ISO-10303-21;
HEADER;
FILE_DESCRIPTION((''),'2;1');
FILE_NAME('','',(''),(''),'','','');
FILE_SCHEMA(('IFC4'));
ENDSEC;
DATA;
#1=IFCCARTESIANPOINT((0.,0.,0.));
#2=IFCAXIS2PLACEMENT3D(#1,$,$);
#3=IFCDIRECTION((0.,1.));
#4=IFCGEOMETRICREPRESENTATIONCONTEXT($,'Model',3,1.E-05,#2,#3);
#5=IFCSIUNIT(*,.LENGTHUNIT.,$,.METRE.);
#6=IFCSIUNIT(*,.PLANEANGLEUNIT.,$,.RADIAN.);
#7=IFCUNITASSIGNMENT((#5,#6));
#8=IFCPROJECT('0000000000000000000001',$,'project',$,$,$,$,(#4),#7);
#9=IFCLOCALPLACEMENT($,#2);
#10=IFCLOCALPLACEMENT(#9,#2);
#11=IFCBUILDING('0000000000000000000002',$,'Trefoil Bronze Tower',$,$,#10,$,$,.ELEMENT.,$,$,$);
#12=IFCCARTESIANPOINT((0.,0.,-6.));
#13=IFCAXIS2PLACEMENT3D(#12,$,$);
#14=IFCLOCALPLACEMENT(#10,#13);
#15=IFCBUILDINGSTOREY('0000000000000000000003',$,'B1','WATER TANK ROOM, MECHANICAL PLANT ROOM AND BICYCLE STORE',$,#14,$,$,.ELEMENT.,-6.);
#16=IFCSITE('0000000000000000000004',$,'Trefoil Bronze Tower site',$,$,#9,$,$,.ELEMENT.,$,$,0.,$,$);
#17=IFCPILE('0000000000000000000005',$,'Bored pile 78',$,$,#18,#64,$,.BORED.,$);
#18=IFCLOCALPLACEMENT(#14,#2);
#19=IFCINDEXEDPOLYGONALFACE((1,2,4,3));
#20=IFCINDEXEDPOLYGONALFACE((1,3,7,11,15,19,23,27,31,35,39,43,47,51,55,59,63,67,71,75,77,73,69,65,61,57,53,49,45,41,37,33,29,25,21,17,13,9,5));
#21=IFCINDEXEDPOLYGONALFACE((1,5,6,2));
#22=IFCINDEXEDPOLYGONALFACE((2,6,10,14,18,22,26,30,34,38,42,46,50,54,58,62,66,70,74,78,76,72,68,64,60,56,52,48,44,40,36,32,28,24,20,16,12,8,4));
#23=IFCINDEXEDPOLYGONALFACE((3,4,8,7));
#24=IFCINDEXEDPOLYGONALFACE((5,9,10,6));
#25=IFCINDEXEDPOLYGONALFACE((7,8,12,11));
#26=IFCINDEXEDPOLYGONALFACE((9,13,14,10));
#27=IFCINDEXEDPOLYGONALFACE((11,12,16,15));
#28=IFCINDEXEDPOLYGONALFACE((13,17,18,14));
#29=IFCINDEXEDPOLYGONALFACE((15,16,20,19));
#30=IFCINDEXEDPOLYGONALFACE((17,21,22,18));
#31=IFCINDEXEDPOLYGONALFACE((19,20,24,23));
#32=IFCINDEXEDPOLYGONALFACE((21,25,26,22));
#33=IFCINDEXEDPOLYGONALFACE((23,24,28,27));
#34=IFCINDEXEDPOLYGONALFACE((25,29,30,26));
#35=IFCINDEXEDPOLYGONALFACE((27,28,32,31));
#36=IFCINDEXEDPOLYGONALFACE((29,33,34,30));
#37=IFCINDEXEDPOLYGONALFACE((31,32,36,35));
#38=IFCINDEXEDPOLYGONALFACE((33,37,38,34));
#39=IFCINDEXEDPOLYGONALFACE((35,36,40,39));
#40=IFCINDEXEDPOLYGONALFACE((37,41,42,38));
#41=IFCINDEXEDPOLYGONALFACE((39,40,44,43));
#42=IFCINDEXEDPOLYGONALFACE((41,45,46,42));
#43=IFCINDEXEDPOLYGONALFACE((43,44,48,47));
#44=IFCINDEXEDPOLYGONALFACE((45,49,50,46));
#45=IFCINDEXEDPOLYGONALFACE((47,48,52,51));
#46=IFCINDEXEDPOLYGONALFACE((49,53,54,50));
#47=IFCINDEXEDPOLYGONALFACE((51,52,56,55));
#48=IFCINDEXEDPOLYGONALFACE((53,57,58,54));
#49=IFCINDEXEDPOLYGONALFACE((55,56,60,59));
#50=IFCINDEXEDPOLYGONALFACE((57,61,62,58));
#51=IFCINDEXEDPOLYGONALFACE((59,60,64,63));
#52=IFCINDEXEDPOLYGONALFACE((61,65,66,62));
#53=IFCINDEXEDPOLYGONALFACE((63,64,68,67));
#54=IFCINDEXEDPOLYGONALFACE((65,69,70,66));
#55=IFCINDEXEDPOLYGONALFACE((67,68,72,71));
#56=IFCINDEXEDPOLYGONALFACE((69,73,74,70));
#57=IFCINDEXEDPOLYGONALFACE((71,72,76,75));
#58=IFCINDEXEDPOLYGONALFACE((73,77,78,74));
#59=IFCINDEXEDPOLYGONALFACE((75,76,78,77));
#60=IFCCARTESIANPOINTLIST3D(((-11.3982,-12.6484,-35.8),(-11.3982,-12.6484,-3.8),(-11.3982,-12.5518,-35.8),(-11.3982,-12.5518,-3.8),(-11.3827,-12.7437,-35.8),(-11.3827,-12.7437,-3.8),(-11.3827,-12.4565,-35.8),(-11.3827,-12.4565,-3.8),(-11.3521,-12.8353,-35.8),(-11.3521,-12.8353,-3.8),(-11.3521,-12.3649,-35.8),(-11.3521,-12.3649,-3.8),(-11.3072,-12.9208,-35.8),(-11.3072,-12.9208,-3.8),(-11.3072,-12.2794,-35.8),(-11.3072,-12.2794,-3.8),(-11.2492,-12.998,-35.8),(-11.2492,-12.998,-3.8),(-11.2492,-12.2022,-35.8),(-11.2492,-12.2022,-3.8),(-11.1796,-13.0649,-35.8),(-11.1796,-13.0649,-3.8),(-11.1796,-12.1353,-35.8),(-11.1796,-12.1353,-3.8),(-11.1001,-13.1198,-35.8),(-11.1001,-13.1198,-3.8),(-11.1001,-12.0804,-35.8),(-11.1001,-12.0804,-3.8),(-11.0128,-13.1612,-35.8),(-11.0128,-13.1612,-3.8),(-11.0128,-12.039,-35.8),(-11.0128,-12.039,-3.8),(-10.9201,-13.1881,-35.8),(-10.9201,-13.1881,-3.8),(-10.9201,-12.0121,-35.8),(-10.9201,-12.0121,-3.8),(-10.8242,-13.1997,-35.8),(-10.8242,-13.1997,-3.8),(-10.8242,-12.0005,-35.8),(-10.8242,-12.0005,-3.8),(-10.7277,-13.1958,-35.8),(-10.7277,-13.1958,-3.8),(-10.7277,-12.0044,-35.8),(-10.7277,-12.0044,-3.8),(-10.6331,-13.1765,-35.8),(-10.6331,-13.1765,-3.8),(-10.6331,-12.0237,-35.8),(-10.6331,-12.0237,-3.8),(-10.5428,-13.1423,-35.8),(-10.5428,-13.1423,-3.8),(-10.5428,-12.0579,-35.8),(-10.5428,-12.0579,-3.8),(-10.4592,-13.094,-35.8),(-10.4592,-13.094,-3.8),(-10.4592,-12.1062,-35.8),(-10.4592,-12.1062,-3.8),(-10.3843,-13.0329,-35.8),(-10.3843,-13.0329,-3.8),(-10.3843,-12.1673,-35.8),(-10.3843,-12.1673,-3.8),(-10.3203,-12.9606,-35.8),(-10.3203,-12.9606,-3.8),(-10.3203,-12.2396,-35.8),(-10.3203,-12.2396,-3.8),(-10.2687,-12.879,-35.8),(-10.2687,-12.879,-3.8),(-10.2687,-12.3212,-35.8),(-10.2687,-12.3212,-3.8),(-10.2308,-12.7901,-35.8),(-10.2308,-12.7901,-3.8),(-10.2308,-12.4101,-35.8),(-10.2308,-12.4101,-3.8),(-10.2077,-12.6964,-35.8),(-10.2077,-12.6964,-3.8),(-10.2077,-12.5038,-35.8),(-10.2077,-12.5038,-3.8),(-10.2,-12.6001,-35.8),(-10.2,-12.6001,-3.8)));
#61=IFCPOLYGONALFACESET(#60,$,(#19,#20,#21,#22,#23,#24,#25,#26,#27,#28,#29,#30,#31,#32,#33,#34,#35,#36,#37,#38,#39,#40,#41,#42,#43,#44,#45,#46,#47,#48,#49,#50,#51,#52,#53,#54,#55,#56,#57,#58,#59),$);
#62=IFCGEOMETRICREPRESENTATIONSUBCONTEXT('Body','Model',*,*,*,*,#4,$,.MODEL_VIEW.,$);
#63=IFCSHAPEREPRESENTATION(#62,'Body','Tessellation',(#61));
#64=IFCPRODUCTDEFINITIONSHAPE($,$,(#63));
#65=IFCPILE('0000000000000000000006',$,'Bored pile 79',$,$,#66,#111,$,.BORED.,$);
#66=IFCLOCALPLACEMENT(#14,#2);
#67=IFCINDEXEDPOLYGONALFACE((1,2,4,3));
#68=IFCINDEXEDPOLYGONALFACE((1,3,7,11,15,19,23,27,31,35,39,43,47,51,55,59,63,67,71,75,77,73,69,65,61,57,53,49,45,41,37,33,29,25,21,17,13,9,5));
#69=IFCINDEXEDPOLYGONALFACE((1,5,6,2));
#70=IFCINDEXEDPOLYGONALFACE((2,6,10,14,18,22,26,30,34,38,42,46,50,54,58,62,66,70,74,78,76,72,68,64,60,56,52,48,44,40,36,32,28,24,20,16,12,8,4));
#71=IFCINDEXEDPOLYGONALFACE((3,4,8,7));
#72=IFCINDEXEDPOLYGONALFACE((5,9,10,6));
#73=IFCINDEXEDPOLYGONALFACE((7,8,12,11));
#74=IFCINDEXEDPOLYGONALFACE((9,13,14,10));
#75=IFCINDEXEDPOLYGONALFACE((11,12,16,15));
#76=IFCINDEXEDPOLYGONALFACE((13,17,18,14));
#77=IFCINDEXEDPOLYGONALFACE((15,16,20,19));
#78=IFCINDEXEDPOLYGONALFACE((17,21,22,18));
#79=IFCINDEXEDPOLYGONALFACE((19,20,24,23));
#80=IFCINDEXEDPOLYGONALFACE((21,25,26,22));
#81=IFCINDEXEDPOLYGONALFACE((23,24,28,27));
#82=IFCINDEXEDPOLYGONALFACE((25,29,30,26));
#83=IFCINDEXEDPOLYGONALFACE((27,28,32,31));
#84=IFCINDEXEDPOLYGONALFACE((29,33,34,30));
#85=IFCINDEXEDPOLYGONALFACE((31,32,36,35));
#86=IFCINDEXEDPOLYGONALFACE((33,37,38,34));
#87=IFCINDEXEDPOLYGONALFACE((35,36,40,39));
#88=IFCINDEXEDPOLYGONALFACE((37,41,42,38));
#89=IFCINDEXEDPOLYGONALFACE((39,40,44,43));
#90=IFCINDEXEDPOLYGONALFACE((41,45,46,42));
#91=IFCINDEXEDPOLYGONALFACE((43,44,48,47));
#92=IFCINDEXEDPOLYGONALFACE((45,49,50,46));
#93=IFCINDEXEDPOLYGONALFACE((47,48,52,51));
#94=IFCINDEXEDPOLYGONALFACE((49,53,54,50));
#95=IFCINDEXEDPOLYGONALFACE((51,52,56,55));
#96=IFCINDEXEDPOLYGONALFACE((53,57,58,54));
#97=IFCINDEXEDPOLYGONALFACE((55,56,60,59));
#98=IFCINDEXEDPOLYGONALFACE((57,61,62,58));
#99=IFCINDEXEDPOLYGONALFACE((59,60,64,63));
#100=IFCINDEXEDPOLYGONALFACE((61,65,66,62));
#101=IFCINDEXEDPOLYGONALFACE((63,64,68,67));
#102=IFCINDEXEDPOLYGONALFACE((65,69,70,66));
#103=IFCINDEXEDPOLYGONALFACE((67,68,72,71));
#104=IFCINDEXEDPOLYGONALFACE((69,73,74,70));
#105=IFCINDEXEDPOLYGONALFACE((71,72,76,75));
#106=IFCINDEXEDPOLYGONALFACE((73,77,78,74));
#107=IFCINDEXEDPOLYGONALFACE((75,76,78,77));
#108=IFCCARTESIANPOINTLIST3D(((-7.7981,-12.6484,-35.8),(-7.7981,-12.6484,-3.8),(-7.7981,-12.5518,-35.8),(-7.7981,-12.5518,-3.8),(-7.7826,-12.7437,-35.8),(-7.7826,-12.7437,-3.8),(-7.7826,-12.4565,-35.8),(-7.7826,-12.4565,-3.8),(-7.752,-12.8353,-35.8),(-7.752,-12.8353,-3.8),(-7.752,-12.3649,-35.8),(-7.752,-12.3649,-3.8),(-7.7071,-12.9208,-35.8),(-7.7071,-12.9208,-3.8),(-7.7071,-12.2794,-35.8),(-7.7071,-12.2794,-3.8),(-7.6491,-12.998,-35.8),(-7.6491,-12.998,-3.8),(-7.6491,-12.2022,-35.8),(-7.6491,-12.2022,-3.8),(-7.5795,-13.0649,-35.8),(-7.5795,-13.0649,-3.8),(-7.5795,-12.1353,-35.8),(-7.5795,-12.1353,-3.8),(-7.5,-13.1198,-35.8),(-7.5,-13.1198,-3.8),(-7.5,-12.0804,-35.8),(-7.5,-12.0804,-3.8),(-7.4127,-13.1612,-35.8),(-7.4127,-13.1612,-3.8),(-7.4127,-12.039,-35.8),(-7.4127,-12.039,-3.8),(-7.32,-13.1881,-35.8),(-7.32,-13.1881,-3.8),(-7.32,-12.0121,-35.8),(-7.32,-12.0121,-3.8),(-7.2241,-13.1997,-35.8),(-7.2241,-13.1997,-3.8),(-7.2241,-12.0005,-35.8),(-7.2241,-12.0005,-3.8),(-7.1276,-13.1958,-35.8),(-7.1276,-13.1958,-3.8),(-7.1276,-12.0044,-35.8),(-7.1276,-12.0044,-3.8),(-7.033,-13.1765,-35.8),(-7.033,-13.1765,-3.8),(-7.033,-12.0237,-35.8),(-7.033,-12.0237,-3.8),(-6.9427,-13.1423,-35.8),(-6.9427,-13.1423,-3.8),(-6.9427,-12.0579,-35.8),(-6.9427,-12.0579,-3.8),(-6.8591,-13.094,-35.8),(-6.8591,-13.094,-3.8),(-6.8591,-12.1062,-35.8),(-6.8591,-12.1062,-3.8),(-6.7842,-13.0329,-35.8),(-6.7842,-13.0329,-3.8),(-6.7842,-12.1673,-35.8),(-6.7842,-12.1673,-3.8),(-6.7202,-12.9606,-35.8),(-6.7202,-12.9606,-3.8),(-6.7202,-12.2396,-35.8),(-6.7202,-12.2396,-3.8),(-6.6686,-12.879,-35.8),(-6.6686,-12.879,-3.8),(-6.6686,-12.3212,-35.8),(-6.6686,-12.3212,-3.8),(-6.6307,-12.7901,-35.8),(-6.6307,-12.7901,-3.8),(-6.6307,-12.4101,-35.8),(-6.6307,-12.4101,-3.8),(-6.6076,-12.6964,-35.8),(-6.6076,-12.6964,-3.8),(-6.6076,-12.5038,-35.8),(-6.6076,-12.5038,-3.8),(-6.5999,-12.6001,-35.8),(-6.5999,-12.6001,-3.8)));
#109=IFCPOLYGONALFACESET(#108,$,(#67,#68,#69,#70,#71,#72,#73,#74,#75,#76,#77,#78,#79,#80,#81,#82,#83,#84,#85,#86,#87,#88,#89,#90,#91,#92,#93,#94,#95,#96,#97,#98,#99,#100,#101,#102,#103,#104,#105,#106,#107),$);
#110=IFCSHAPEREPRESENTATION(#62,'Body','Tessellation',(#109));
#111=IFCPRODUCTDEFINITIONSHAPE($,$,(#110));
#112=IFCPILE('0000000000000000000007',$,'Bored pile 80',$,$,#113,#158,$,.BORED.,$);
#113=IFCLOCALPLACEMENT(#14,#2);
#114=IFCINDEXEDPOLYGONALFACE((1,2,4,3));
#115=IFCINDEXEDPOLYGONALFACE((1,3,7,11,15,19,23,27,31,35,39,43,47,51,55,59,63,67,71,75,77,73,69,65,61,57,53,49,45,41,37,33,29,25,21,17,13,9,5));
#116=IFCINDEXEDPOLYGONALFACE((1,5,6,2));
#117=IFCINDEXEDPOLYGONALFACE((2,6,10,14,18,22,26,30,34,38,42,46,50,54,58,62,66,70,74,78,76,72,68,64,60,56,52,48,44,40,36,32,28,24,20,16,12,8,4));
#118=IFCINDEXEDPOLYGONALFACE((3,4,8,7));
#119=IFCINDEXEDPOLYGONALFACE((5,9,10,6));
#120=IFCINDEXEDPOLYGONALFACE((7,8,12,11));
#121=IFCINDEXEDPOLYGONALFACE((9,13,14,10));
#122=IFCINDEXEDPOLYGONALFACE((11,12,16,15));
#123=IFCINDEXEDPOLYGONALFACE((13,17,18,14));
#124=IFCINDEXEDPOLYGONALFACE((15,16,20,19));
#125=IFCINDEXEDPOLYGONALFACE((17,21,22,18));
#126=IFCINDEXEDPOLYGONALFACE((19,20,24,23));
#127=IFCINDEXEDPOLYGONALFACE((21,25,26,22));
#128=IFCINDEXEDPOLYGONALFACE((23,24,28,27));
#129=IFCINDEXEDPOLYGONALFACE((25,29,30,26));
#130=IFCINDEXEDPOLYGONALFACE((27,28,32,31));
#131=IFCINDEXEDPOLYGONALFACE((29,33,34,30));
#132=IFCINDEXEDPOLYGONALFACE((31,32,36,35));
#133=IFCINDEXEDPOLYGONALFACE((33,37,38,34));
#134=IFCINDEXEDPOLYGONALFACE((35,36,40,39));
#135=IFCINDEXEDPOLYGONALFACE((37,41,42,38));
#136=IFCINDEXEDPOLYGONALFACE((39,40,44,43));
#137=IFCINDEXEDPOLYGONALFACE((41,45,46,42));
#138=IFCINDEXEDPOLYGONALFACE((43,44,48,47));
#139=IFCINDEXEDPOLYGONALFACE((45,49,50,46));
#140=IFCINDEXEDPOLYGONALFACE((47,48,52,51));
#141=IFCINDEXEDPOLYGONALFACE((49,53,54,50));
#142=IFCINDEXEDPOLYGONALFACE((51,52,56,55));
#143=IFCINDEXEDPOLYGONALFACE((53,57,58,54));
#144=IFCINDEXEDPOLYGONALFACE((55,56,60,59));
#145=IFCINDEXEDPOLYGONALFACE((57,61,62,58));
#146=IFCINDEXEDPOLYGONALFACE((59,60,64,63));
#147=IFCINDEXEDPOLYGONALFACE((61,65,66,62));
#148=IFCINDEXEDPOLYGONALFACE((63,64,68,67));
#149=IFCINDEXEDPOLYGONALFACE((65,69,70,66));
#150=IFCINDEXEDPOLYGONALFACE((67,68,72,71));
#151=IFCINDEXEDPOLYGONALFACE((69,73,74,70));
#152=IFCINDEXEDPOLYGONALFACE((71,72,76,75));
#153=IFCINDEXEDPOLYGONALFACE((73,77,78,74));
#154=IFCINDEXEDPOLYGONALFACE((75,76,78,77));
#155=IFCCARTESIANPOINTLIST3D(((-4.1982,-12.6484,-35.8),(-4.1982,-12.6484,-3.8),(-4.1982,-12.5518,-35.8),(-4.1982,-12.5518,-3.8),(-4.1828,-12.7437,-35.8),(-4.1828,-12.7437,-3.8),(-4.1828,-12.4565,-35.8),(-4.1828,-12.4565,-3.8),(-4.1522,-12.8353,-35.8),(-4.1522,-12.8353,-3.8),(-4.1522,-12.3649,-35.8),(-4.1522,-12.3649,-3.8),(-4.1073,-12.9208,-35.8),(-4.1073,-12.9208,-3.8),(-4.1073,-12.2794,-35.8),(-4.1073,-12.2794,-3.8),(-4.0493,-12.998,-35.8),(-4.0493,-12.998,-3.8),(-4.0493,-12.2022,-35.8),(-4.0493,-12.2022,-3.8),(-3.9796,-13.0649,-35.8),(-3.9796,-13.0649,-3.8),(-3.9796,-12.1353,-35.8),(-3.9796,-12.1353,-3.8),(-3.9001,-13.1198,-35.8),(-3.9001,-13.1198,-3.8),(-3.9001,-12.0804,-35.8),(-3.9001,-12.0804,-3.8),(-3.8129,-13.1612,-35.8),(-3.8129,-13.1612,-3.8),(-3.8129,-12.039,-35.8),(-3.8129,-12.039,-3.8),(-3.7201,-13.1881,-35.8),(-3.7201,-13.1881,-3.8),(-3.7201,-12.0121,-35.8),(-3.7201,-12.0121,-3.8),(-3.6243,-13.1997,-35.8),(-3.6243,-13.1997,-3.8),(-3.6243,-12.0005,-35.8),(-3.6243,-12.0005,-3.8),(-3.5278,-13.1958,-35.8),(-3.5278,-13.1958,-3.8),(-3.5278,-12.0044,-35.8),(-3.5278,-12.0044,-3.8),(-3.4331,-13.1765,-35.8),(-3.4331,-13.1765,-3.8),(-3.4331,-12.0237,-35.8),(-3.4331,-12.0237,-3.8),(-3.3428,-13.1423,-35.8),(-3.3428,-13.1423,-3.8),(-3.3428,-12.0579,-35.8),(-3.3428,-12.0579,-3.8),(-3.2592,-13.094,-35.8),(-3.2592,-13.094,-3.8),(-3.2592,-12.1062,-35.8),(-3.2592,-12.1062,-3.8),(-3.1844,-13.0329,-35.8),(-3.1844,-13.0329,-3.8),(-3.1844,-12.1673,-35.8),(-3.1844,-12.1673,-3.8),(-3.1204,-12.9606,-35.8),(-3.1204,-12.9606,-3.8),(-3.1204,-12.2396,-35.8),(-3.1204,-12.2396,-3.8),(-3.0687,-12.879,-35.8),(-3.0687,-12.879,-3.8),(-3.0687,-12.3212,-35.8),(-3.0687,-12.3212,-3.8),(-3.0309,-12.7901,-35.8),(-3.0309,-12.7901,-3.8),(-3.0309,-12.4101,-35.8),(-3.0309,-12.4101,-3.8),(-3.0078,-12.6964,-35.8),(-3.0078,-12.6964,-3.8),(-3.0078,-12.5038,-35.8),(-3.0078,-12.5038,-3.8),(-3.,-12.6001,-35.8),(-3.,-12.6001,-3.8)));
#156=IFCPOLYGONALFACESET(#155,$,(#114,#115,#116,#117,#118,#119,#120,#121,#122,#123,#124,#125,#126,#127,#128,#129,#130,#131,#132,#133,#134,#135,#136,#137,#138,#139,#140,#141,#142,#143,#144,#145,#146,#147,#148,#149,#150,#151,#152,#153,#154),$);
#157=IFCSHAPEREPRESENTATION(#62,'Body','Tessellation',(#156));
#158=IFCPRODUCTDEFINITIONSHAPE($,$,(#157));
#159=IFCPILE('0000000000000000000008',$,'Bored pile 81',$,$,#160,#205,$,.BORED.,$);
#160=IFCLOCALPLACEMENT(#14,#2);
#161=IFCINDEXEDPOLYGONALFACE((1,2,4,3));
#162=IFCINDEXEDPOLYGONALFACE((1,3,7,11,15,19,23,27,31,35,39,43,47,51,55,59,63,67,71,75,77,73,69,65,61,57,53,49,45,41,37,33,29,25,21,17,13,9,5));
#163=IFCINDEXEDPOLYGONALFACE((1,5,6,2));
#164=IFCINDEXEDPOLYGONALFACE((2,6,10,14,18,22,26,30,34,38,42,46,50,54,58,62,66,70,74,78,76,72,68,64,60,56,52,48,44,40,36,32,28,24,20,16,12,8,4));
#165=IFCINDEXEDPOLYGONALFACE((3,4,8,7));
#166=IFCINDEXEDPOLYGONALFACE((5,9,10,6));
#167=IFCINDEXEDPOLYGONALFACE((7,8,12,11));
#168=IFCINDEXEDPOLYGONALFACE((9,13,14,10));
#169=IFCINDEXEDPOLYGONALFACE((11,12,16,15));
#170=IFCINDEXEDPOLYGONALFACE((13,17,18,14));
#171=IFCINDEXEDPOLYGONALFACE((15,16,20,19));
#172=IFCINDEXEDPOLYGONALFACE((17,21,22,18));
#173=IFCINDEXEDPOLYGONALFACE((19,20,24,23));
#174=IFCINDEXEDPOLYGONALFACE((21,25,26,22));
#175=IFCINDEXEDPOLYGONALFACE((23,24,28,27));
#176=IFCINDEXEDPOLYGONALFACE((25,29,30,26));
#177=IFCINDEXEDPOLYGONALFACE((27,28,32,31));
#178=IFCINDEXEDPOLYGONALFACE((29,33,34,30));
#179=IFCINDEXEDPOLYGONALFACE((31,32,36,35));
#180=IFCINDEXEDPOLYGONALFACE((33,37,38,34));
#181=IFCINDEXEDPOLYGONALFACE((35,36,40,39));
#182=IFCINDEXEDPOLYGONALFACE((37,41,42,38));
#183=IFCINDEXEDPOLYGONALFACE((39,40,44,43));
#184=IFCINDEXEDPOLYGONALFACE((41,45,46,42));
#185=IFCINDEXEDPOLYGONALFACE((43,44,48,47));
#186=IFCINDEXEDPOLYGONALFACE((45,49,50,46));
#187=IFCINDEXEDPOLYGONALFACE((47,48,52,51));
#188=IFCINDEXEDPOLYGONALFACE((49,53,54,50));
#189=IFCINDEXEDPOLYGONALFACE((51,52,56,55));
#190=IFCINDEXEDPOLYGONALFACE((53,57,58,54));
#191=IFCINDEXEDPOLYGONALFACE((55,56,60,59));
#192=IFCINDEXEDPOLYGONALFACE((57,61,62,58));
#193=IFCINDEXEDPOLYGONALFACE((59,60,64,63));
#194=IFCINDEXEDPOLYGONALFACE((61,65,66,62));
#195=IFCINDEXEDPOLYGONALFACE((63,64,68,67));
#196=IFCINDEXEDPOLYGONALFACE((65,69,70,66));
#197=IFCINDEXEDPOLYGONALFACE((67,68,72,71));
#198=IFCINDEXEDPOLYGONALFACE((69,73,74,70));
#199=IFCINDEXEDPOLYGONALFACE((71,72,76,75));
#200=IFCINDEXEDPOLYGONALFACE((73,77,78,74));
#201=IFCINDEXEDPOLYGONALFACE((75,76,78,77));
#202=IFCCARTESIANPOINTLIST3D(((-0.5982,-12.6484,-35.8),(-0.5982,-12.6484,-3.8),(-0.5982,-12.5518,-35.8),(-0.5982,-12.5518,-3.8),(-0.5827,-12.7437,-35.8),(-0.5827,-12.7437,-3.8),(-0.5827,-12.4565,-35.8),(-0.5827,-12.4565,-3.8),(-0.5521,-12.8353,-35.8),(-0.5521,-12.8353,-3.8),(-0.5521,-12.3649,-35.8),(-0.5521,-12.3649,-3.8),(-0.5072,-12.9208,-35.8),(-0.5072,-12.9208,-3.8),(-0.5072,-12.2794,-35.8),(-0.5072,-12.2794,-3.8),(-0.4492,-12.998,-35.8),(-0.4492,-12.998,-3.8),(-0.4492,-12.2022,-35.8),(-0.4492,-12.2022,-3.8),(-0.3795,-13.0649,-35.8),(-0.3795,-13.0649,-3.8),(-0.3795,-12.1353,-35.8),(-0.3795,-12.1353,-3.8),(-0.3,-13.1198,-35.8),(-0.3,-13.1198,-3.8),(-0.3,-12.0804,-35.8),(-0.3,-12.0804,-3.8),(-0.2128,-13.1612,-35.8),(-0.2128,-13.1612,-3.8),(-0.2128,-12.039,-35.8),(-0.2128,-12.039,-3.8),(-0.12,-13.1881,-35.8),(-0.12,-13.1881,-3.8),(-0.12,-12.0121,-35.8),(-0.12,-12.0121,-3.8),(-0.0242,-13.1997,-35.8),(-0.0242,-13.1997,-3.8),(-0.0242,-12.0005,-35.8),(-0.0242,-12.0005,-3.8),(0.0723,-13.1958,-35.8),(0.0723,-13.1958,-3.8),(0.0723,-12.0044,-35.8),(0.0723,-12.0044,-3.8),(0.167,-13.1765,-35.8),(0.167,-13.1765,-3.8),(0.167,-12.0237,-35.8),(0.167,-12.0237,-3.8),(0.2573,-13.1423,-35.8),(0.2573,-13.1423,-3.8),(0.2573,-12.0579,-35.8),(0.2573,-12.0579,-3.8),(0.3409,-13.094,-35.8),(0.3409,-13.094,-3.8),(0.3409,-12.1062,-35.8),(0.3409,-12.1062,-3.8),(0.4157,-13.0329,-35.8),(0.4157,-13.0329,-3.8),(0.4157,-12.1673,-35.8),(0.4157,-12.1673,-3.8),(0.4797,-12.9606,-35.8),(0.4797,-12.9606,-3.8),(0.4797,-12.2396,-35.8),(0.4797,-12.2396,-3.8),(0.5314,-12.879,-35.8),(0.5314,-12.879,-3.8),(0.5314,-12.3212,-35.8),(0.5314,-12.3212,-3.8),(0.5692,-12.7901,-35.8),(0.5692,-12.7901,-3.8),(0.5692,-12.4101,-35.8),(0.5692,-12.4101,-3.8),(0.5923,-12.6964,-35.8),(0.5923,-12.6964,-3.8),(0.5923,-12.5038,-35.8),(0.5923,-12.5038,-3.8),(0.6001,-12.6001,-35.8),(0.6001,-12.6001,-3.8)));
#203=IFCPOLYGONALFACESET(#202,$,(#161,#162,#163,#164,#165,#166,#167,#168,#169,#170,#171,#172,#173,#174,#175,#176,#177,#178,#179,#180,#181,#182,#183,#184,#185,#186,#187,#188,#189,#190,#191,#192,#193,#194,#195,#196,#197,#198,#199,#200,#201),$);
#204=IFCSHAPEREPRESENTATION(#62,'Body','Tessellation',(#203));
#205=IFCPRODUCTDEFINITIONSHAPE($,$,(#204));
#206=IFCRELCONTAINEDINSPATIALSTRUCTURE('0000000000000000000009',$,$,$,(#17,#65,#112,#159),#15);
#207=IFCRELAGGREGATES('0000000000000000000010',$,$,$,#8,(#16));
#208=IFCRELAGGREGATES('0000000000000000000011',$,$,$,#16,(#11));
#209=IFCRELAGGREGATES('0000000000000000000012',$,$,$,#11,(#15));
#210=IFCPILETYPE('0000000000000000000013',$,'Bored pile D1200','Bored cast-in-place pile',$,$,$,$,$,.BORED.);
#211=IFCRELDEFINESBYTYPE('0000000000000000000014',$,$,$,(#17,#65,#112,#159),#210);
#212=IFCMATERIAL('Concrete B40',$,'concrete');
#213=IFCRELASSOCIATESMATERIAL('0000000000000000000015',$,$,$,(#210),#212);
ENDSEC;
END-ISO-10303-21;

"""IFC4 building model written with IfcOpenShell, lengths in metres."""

from ifc_helpers import new_model, si_unit, direction, frame, origin, origin_2d, place, context, subcontext, project, spatial, circle, extrude, material, type_object, element, save


model = new_model("IFC4")

# Units and contexts
model_context = context("Model", 3, precision=1e-05, world=origin(), true_north=direction((0.0, 1.0)))
body_context = subcontext(model_context, "Body", "Model", "MODEL_VIEW")
ifc_project = project(units=[si_unit("LENGTHUNIT", "METRE"), si_unit("PLANEANGLEUNIT", "RADIAN")], contexts=[model_context])

# Site, building, storey
site_placement = place(None, origin())
site = spatial("IfcSite", under=ifc_project, at=site_placement, Name="Trefoil Bronze Tower site", CompositionType="ELEMENT", RefElevation=0.0)
building_placement = place(site_placement, origin())
building = spatial("IfcBuilding", under=site, at=building_placement, Name="Trefoil Bronze Tower", CompositionType="ELEMENT")
storey_placement = place(building_placement, frame((0.0, 0.0, -6.0)))
storey = spatial("IfcBuildingStorey", under=building, at=storey_placement, Name="B1", Description="WATER TANK ROOM, MECHANICAL PLANT ROOM AND BICYCLE STORE", CompositionType="ELEMENT", Elevation=-6.0)

# Piles
ifc_material_1 = material(Name="Concrete B40", Category="concrete")
pile_type = type_object("IfcPileType", Name="Bored pile D1200", Description="Bored cast-in-place pile", PredefinedType="BORED", material=ifc_material_1)
for number, where, z_axis, x_axis, name in (
    (1, (-10.8, -12.6001, -3.8), (0.0, 0.0, -1.0), (1.0, 0.0, 0.0), "Bored pile 78"),
    (2, (-7.2, -12.6001, -3.8), (0.0, 0.0, -1.0), (1.0, 0.0, 0.0), "Bored pile 79"),
    (3, (-3.6001, -12.6001, -3.8), (0.0, 0.0, -1.0), (1.0, 0.0, 0.0), "Bored pile 80"),
    (4, (0.0, -12.6001, -3.8), (0.0, 0.0, -1.0), (1.0, 0.0, 0.0), "Bored pile 81"),
):
    element("IfcPile", number, at=place(storey_placement, frame(where, z_axis=z_axis, x_axis=x_axis)), inside=storey, type_object=pile_type, Name=name, PredefinedType="BORED", context=body_context, shape_type="SweptSolid", body=[
        extrude(circle(Radius=0.6001, at=origin_2d()), origin(), (0.0, 0.0, 1.0), 32.0),
    ])

save(model, "model.ifc")
